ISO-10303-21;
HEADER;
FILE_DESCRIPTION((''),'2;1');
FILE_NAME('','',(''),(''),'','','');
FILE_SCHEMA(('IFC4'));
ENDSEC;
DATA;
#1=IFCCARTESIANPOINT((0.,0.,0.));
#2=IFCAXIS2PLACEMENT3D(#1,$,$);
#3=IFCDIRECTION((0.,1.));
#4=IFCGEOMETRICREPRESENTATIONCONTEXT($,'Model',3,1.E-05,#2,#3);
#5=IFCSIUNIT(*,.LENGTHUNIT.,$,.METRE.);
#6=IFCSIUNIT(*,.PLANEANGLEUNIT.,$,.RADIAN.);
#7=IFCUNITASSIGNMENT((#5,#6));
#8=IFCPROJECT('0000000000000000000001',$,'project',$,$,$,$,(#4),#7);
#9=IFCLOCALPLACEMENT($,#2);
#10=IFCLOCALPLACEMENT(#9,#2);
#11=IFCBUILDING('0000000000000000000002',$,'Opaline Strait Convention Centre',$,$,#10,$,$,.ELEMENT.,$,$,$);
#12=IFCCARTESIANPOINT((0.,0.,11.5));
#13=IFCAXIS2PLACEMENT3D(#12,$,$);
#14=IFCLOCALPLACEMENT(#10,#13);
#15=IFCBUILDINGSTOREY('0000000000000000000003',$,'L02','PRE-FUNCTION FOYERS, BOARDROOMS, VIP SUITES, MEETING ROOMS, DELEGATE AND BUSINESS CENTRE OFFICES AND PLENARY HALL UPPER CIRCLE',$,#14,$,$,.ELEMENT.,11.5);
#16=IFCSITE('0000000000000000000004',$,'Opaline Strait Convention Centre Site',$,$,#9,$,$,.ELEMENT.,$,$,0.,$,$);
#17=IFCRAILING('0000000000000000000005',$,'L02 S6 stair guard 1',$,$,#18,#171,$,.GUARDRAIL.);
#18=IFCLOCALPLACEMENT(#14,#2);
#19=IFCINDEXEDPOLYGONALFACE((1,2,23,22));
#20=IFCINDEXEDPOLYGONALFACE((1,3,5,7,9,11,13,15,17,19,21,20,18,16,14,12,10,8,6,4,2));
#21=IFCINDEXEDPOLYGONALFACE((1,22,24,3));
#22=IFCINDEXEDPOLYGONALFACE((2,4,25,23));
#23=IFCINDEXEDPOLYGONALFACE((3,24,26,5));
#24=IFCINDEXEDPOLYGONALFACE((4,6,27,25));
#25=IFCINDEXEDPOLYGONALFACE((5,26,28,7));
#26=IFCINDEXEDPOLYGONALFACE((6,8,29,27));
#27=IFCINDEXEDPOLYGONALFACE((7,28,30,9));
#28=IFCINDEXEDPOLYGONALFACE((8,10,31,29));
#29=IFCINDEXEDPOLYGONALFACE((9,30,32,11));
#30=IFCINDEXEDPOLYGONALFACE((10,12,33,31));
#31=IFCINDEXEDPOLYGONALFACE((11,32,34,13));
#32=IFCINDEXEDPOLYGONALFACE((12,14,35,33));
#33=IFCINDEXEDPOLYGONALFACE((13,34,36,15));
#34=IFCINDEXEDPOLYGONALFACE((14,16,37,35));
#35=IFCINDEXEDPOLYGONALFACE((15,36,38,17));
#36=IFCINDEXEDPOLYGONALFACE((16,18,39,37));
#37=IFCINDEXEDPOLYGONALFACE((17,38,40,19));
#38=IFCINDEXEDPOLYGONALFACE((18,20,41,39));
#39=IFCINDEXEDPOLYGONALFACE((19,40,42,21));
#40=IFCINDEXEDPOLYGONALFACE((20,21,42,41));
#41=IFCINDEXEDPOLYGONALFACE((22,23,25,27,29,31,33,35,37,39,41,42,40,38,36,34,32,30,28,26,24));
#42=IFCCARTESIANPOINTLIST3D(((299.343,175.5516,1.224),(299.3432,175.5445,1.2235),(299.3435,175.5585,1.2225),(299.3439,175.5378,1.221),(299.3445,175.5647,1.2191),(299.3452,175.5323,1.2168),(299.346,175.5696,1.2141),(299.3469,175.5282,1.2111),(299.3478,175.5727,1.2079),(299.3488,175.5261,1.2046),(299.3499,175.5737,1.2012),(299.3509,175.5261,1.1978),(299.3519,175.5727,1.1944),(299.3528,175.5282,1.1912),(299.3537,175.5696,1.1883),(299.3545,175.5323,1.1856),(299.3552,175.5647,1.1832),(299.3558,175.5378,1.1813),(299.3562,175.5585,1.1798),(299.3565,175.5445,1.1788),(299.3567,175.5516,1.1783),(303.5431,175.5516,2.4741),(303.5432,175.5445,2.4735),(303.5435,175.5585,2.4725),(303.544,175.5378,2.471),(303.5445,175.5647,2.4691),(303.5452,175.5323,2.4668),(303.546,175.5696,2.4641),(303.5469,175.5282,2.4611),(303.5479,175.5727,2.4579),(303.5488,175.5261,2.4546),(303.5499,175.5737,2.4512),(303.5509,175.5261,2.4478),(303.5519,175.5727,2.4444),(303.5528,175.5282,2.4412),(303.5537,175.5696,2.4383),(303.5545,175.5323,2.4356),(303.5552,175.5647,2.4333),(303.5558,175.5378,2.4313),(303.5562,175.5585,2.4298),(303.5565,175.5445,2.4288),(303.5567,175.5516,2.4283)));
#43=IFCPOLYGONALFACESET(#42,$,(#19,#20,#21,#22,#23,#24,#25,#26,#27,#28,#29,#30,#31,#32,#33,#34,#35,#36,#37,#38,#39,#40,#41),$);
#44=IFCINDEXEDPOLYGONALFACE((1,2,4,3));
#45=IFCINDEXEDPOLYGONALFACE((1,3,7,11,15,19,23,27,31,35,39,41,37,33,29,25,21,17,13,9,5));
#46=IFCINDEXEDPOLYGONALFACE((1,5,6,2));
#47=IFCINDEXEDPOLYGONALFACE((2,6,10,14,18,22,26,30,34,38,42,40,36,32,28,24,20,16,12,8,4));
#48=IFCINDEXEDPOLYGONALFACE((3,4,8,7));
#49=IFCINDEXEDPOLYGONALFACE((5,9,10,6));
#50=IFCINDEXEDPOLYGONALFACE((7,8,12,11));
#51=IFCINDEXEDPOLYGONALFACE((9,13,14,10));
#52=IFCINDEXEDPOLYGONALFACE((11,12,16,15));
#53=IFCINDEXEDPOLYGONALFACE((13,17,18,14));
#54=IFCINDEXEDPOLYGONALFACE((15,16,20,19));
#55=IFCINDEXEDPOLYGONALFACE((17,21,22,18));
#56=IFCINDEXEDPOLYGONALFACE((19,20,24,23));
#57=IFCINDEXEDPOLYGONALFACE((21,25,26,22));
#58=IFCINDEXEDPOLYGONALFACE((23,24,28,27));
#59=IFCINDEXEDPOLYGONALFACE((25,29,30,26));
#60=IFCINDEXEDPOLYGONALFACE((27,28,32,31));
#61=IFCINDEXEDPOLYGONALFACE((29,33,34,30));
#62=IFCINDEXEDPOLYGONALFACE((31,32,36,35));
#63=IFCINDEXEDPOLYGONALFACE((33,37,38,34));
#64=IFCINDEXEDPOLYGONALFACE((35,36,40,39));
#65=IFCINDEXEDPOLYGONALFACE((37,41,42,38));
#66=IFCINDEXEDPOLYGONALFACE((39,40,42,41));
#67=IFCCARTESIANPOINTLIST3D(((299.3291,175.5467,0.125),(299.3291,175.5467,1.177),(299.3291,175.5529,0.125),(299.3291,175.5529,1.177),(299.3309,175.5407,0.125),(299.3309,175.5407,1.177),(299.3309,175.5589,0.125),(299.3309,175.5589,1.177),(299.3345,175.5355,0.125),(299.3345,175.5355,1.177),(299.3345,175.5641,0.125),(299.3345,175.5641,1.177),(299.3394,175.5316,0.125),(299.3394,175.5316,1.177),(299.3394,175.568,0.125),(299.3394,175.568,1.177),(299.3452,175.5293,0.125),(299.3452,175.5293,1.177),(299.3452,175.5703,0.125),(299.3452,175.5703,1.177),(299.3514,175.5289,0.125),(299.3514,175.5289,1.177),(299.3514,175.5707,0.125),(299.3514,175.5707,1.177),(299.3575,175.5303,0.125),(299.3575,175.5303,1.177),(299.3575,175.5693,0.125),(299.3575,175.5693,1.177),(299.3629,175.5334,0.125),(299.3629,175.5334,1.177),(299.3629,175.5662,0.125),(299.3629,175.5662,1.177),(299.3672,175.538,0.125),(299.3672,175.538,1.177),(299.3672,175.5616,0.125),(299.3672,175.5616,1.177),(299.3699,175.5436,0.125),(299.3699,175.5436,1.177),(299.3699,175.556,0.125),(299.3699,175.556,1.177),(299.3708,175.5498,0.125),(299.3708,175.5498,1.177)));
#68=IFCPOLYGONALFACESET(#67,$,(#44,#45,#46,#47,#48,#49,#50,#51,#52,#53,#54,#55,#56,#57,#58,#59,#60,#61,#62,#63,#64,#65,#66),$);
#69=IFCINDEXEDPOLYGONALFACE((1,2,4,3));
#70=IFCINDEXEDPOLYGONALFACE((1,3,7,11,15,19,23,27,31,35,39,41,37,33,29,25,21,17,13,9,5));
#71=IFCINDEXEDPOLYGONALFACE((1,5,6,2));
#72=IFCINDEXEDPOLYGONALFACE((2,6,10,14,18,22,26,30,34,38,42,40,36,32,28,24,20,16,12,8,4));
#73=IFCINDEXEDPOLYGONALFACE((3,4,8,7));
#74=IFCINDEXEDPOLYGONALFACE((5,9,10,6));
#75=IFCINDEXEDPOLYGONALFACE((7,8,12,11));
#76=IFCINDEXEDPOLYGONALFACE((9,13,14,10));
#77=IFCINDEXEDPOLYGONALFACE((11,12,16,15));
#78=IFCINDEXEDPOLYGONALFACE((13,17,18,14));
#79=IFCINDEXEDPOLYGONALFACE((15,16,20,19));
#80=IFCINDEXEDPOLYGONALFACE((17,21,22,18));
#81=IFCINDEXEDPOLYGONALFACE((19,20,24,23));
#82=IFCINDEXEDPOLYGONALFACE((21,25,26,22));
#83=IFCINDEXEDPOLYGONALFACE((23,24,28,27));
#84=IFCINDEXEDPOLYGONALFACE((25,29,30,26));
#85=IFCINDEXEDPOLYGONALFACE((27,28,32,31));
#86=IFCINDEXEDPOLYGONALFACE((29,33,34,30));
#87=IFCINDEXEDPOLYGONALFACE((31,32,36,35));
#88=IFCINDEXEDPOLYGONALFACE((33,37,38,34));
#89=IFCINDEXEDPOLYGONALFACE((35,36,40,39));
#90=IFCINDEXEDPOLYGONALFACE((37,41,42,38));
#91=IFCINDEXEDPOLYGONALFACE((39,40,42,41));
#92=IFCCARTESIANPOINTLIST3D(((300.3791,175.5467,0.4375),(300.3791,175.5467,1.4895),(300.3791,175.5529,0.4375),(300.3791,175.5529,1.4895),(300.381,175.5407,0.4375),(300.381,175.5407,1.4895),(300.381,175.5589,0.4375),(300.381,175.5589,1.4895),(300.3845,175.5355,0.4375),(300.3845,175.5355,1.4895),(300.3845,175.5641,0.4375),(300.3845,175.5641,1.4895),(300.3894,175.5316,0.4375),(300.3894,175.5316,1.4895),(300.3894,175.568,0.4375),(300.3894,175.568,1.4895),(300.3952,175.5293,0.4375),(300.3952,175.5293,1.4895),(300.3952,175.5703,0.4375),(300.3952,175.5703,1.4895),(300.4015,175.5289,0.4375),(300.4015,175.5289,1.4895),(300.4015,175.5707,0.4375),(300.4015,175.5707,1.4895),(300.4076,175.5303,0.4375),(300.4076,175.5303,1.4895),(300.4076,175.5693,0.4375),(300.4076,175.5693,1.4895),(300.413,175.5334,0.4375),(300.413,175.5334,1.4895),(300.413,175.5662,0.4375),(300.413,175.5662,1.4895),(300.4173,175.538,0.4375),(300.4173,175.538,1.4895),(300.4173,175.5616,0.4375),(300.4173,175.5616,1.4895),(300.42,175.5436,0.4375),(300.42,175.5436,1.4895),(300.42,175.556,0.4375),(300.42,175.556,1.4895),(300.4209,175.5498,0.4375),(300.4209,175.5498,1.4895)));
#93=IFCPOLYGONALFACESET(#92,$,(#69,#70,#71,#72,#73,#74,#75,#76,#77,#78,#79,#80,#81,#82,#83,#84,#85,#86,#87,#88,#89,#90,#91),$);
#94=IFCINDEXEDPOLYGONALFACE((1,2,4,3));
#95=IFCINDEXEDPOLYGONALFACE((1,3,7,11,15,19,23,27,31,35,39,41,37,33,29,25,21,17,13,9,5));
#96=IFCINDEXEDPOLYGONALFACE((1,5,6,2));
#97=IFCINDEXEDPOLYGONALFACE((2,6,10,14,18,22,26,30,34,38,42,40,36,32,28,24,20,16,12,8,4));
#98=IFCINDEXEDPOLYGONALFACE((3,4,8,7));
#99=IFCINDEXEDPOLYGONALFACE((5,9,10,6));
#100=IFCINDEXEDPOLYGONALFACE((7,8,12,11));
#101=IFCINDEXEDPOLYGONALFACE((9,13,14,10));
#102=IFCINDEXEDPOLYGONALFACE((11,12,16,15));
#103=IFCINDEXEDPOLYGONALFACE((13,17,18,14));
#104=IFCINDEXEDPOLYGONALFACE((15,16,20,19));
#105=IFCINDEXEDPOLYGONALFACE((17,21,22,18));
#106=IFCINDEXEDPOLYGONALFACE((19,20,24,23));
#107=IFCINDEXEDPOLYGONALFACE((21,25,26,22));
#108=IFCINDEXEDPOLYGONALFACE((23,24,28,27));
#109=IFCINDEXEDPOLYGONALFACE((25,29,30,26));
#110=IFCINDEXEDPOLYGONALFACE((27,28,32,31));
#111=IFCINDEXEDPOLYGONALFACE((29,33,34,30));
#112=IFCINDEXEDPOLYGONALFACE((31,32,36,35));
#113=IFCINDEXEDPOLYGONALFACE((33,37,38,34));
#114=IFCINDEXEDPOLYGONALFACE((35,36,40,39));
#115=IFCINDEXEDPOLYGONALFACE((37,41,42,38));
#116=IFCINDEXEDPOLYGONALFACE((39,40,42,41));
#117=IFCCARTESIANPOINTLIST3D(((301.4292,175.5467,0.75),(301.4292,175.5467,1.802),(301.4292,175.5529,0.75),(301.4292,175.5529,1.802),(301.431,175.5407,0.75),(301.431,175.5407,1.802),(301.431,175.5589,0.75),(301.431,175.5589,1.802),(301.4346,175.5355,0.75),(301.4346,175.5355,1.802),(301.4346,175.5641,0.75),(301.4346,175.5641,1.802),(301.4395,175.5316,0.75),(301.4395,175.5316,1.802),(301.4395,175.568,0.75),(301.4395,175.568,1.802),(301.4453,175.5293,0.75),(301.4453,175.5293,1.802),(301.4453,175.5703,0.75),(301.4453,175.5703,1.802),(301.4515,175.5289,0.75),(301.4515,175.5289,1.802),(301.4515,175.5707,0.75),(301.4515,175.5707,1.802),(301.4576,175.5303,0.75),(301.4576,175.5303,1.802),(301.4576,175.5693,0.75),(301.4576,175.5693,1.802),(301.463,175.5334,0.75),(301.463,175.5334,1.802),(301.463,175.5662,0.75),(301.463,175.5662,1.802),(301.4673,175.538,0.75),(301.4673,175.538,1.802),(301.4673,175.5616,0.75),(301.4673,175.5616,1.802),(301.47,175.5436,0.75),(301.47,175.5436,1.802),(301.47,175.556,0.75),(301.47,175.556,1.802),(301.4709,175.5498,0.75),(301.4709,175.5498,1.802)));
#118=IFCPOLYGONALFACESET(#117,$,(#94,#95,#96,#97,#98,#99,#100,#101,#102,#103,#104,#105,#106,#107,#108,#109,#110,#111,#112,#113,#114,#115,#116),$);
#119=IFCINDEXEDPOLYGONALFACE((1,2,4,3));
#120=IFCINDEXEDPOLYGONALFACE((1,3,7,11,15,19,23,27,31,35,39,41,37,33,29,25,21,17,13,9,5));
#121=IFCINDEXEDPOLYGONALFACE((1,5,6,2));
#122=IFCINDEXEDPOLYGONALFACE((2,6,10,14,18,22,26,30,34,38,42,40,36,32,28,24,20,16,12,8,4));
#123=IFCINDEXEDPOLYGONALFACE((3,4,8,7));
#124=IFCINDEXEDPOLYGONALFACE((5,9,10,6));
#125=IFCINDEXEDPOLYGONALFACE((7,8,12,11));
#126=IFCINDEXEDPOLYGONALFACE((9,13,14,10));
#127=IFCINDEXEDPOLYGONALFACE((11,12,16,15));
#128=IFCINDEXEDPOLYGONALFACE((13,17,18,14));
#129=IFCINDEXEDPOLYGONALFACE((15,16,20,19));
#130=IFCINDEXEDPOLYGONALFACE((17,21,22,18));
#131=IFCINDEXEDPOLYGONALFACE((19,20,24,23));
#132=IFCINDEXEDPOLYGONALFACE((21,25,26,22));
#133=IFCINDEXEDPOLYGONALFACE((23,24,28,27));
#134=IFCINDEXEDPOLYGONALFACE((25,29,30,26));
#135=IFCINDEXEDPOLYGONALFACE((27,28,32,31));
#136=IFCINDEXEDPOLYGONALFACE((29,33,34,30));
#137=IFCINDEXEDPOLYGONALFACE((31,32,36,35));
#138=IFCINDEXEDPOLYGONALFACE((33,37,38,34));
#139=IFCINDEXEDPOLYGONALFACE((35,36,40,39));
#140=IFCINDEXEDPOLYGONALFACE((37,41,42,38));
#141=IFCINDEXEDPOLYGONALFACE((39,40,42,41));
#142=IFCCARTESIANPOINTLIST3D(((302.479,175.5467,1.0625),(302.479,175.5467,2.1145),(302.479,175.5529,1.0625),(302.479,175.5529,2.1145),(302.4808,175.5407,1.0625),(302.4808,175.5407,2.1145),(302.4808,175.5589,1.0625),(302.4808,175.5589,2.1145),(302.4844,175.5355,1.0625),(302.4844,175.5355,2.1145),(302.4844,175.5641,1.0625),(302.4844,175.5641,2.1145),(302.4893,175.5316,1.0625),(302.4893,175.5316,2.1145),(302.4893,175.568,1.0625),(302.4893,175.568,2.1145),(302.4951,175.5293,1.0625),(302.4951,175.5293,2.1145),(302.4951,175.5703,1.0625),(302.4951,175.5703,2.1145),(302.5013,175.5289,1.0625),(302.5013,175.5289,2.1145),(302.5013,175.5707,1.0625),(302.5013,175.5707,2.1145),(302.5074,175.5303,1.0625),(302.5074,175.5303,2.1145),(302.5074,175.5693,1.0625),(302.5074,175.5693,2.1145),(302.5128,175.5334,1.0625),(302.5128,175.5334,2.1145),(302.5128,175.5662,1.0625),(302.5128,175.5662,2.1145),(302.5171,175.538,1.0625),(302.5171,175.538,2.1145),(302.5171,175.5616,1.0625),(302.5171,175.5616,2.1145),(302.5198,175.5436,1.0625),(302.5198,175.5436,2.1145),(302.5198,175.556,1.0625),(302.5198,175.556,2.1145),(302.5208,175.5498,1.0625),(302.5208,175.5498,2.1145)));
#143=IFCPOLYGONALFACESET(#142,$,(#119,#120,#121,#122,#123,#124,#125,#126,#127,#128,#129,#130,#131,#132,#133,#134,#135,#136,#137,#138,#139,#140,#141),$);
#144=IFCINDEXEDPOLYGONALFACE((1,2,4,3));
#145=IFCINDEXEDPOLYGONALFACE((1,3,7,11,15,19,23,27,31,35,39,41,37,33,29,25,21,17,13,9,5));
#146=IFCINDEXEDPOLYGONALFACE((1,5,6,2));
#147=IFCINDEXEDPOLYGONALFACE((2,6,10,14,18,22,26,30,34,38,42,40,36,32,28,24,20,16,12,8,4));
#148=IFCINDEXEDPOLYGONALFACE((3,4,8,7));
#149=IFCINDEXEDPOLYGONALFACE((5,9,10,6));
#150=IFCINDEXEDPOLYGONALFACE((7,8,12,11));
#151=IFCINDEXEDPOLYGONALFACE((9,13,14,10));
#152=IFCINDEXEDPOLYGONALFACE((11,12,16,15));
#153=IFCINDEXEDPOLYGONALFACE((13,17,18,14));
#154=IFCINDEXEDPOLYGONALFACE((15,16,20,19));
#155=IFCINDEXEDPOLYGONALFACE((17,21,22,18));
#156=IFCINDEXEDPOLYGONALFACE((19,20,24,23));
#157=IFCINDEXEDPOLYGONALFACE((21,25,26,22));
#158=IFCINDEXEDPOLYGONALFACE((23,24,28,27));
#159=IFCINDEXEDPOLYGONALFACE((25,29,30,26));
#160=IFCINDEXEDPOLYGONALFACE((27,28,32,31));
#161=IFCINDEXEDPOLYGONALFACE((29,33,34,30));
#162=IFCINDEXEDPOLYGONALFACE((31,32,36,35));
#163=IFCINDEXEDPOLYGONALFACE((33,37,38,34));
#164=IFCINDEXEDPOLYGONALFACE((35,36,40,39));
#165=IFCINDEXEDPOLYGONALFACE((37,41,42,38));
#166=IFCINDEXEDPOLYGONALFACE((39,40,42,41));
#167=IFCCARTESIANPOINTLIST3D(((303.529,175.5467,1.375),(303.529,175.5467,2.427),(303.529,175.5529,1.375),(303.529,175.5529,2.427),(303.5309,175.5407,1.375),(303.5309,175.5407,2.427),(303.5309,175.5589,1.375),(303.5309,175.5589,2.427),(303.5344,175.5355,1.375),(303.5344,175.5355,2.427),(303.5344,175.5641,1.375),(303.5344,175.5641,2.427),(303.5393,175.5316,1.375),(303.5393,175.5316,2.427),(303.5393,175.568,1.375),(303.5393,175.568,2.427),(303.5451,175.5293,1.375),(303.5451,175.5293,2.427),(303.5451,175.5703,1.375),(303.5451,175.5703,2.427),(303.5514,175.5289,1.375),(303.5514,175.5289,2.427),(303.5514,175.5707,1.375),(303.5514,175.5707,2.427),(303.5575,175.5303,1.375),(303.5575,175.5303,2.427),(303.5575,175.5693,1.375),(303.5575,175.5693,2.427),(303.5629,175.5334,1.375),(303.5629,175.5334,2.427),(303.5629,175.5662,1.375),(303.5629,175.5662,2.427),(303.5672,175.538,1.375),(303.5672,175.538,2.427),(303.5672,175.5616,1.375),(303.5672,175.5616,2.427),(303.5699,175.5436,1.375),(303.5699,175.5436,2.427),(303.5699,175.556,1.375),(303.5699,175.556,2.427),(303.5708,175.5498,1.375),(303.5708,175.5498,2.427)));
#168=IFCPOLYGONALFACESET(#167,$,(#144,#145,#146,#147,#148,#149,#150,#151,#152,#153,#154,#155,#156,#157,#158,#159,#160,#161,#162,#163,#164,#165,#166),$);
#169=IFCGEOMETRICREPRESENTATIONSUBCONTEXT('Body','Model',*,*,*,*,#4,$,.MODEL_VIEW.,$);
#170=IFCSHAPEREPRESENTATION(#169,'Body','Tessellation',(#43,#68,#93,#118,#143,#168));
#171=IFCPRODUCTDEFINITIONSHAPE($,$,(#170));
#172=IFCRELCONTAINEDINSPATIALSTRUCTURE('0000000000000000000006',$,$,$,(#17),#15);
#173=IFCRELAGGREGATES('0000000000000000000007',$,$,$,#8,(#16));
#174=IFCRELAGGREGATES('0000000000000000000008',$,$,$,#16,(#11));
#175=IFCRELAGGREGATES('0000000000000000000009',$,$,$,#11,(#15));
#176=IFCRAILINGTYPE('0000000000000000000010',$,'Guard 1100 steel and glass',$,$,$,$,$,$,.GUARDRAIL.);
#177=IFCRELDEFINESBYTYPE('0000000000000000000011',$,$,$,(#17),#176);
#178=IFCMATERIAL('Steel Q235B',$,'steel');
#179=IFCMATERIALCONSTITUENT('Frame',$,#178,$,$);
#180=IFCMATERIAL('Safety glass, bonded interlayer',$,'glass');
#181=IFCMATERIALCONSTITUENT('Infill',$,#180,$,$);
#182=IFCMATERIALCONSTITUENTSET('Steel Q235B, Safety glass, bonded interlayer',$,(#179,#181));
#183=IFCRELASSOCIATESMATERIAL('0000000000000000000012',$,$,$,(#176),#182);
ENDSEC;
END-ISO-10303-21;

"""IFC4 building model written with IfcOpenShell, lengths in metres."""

from ifc_helpers import new_model, si_unit, direction, frame, origin, origin_2d, place, context, subcontext, project, spatial, circle, extrude, material, constituent, constituent_set, type_object, element, save


model = new_model("IFC4")

# Units and contexts
model_context = context("Model", 3, precision=1e-05, world=origin(), true_north=direction((0.0, 1.0)))
body_context = subcontext(model_context, "Body", "Model", "MODEL_VIEW")
ifc_project = project(units=[si_unit("LENGTHUNIT", "METRE"), si_unit("PLANEANGLEUNIT", "RADIAN")], contexts=[model_context])

# Site, building, storey
site_placement = place(None, origin())
site = spatial("IfcSite", under=ifc_project, at=site_placement, Name="Opaline Strait Convention Centre Site", CompositionType="ELEMENT", RefElevation=0.0)
building_placement = place(site_placement, origin())
building = spatial("IfcBuilding", under=site, at=building_placement, Name="Opaline Strait Convention Centre", CompositionType="ELEMENT")
storey_placement = place(building_placement, frame((0.0, 0.0, 11.5)))
storey = spatial("IfcBuildingStorey", under=building, at=storey_placement, Name="L02", Description="PRE-FUNCTION FOYERS, BOARDROOMS, VIP SUITES, MEETING ROOMS, DELEGATE AND BUSINESS CENTRE OFFICES AND PLENARY HALL UPPER CIRCLE", CompositionType="ELEMENT", Elevation=11.5)

# Shared definitions
ifc_material_1 = material(Name="Steel Q235B", Category="steel")

# Railing
ifc_constituent_1 = constituent(ifc_material_1, Name="Frame")
ifc_material_2 = material(Name="Safety glass, bonded interlayer", Category="glass")
ifc_constituent_2 = constituent(ifc_material_2, Name="Infill")
ifc_constituent_set = constituent_set(constituents=[ifc_constituent_1, ifc_constituent_2], Name="Steel Q235B, Safety glass, bonded interlayer")
railing_type_1 = type_object("IfcRailingType", Name="Guard 1100 steel and glass", PredefinedType="GUARDRAIL", material=ifc_constituent_set)
railing_1_placement = place(storey_placement, frame((299.3499, 175.5498, 0.125)))
element("IfcRailing", 1, at=railing_1_placement, inside=storey, type_object=railing_type_1, Name="L02 S6 stair guard 1", PredefinedType="GUARDRAIL", context=body_context, shape_type="SweptSolid", body=[
    extrude(circle(Radius=0.0239, at=origin_2d()), frame((0.0, 0.0, 1.0762), z_axis=(0.958451, 0.0, 0.285257), x_axis=(0.0, 1.0, 0.0)), (0.0, 0.0, 1.0), 4.3821),
    extrude(circle(Radius=0.021, at=origin_2d()), origin(), (0.0, 0.0, 1.0), 1.052),
    extrude(circle(Radius=0.021, at=origin_2d()), frame((1.05, 0.0, 0.3125)), (0.0, 0.0, 1.0), 1.052),
    extrude(circle(Radius=0.021, at=origin_2d()), frame((2.1001, 0.0, 0.625)), (0.0, 0.0, 1.0), 1.052),
    extrude(circle(Radius=0.021, at=origin_2d()), frame((3.1499, 0.0, 0.9375)), (0.0, 0.0, 1.0), 1.052),
    extrude(circle(Radius=0.021, at=origin_2d()), frame((4.2, 0.0, 1.25)), (0.0, 0.0, 1.0), 1.052),
])

save(model, "model.ifc")
